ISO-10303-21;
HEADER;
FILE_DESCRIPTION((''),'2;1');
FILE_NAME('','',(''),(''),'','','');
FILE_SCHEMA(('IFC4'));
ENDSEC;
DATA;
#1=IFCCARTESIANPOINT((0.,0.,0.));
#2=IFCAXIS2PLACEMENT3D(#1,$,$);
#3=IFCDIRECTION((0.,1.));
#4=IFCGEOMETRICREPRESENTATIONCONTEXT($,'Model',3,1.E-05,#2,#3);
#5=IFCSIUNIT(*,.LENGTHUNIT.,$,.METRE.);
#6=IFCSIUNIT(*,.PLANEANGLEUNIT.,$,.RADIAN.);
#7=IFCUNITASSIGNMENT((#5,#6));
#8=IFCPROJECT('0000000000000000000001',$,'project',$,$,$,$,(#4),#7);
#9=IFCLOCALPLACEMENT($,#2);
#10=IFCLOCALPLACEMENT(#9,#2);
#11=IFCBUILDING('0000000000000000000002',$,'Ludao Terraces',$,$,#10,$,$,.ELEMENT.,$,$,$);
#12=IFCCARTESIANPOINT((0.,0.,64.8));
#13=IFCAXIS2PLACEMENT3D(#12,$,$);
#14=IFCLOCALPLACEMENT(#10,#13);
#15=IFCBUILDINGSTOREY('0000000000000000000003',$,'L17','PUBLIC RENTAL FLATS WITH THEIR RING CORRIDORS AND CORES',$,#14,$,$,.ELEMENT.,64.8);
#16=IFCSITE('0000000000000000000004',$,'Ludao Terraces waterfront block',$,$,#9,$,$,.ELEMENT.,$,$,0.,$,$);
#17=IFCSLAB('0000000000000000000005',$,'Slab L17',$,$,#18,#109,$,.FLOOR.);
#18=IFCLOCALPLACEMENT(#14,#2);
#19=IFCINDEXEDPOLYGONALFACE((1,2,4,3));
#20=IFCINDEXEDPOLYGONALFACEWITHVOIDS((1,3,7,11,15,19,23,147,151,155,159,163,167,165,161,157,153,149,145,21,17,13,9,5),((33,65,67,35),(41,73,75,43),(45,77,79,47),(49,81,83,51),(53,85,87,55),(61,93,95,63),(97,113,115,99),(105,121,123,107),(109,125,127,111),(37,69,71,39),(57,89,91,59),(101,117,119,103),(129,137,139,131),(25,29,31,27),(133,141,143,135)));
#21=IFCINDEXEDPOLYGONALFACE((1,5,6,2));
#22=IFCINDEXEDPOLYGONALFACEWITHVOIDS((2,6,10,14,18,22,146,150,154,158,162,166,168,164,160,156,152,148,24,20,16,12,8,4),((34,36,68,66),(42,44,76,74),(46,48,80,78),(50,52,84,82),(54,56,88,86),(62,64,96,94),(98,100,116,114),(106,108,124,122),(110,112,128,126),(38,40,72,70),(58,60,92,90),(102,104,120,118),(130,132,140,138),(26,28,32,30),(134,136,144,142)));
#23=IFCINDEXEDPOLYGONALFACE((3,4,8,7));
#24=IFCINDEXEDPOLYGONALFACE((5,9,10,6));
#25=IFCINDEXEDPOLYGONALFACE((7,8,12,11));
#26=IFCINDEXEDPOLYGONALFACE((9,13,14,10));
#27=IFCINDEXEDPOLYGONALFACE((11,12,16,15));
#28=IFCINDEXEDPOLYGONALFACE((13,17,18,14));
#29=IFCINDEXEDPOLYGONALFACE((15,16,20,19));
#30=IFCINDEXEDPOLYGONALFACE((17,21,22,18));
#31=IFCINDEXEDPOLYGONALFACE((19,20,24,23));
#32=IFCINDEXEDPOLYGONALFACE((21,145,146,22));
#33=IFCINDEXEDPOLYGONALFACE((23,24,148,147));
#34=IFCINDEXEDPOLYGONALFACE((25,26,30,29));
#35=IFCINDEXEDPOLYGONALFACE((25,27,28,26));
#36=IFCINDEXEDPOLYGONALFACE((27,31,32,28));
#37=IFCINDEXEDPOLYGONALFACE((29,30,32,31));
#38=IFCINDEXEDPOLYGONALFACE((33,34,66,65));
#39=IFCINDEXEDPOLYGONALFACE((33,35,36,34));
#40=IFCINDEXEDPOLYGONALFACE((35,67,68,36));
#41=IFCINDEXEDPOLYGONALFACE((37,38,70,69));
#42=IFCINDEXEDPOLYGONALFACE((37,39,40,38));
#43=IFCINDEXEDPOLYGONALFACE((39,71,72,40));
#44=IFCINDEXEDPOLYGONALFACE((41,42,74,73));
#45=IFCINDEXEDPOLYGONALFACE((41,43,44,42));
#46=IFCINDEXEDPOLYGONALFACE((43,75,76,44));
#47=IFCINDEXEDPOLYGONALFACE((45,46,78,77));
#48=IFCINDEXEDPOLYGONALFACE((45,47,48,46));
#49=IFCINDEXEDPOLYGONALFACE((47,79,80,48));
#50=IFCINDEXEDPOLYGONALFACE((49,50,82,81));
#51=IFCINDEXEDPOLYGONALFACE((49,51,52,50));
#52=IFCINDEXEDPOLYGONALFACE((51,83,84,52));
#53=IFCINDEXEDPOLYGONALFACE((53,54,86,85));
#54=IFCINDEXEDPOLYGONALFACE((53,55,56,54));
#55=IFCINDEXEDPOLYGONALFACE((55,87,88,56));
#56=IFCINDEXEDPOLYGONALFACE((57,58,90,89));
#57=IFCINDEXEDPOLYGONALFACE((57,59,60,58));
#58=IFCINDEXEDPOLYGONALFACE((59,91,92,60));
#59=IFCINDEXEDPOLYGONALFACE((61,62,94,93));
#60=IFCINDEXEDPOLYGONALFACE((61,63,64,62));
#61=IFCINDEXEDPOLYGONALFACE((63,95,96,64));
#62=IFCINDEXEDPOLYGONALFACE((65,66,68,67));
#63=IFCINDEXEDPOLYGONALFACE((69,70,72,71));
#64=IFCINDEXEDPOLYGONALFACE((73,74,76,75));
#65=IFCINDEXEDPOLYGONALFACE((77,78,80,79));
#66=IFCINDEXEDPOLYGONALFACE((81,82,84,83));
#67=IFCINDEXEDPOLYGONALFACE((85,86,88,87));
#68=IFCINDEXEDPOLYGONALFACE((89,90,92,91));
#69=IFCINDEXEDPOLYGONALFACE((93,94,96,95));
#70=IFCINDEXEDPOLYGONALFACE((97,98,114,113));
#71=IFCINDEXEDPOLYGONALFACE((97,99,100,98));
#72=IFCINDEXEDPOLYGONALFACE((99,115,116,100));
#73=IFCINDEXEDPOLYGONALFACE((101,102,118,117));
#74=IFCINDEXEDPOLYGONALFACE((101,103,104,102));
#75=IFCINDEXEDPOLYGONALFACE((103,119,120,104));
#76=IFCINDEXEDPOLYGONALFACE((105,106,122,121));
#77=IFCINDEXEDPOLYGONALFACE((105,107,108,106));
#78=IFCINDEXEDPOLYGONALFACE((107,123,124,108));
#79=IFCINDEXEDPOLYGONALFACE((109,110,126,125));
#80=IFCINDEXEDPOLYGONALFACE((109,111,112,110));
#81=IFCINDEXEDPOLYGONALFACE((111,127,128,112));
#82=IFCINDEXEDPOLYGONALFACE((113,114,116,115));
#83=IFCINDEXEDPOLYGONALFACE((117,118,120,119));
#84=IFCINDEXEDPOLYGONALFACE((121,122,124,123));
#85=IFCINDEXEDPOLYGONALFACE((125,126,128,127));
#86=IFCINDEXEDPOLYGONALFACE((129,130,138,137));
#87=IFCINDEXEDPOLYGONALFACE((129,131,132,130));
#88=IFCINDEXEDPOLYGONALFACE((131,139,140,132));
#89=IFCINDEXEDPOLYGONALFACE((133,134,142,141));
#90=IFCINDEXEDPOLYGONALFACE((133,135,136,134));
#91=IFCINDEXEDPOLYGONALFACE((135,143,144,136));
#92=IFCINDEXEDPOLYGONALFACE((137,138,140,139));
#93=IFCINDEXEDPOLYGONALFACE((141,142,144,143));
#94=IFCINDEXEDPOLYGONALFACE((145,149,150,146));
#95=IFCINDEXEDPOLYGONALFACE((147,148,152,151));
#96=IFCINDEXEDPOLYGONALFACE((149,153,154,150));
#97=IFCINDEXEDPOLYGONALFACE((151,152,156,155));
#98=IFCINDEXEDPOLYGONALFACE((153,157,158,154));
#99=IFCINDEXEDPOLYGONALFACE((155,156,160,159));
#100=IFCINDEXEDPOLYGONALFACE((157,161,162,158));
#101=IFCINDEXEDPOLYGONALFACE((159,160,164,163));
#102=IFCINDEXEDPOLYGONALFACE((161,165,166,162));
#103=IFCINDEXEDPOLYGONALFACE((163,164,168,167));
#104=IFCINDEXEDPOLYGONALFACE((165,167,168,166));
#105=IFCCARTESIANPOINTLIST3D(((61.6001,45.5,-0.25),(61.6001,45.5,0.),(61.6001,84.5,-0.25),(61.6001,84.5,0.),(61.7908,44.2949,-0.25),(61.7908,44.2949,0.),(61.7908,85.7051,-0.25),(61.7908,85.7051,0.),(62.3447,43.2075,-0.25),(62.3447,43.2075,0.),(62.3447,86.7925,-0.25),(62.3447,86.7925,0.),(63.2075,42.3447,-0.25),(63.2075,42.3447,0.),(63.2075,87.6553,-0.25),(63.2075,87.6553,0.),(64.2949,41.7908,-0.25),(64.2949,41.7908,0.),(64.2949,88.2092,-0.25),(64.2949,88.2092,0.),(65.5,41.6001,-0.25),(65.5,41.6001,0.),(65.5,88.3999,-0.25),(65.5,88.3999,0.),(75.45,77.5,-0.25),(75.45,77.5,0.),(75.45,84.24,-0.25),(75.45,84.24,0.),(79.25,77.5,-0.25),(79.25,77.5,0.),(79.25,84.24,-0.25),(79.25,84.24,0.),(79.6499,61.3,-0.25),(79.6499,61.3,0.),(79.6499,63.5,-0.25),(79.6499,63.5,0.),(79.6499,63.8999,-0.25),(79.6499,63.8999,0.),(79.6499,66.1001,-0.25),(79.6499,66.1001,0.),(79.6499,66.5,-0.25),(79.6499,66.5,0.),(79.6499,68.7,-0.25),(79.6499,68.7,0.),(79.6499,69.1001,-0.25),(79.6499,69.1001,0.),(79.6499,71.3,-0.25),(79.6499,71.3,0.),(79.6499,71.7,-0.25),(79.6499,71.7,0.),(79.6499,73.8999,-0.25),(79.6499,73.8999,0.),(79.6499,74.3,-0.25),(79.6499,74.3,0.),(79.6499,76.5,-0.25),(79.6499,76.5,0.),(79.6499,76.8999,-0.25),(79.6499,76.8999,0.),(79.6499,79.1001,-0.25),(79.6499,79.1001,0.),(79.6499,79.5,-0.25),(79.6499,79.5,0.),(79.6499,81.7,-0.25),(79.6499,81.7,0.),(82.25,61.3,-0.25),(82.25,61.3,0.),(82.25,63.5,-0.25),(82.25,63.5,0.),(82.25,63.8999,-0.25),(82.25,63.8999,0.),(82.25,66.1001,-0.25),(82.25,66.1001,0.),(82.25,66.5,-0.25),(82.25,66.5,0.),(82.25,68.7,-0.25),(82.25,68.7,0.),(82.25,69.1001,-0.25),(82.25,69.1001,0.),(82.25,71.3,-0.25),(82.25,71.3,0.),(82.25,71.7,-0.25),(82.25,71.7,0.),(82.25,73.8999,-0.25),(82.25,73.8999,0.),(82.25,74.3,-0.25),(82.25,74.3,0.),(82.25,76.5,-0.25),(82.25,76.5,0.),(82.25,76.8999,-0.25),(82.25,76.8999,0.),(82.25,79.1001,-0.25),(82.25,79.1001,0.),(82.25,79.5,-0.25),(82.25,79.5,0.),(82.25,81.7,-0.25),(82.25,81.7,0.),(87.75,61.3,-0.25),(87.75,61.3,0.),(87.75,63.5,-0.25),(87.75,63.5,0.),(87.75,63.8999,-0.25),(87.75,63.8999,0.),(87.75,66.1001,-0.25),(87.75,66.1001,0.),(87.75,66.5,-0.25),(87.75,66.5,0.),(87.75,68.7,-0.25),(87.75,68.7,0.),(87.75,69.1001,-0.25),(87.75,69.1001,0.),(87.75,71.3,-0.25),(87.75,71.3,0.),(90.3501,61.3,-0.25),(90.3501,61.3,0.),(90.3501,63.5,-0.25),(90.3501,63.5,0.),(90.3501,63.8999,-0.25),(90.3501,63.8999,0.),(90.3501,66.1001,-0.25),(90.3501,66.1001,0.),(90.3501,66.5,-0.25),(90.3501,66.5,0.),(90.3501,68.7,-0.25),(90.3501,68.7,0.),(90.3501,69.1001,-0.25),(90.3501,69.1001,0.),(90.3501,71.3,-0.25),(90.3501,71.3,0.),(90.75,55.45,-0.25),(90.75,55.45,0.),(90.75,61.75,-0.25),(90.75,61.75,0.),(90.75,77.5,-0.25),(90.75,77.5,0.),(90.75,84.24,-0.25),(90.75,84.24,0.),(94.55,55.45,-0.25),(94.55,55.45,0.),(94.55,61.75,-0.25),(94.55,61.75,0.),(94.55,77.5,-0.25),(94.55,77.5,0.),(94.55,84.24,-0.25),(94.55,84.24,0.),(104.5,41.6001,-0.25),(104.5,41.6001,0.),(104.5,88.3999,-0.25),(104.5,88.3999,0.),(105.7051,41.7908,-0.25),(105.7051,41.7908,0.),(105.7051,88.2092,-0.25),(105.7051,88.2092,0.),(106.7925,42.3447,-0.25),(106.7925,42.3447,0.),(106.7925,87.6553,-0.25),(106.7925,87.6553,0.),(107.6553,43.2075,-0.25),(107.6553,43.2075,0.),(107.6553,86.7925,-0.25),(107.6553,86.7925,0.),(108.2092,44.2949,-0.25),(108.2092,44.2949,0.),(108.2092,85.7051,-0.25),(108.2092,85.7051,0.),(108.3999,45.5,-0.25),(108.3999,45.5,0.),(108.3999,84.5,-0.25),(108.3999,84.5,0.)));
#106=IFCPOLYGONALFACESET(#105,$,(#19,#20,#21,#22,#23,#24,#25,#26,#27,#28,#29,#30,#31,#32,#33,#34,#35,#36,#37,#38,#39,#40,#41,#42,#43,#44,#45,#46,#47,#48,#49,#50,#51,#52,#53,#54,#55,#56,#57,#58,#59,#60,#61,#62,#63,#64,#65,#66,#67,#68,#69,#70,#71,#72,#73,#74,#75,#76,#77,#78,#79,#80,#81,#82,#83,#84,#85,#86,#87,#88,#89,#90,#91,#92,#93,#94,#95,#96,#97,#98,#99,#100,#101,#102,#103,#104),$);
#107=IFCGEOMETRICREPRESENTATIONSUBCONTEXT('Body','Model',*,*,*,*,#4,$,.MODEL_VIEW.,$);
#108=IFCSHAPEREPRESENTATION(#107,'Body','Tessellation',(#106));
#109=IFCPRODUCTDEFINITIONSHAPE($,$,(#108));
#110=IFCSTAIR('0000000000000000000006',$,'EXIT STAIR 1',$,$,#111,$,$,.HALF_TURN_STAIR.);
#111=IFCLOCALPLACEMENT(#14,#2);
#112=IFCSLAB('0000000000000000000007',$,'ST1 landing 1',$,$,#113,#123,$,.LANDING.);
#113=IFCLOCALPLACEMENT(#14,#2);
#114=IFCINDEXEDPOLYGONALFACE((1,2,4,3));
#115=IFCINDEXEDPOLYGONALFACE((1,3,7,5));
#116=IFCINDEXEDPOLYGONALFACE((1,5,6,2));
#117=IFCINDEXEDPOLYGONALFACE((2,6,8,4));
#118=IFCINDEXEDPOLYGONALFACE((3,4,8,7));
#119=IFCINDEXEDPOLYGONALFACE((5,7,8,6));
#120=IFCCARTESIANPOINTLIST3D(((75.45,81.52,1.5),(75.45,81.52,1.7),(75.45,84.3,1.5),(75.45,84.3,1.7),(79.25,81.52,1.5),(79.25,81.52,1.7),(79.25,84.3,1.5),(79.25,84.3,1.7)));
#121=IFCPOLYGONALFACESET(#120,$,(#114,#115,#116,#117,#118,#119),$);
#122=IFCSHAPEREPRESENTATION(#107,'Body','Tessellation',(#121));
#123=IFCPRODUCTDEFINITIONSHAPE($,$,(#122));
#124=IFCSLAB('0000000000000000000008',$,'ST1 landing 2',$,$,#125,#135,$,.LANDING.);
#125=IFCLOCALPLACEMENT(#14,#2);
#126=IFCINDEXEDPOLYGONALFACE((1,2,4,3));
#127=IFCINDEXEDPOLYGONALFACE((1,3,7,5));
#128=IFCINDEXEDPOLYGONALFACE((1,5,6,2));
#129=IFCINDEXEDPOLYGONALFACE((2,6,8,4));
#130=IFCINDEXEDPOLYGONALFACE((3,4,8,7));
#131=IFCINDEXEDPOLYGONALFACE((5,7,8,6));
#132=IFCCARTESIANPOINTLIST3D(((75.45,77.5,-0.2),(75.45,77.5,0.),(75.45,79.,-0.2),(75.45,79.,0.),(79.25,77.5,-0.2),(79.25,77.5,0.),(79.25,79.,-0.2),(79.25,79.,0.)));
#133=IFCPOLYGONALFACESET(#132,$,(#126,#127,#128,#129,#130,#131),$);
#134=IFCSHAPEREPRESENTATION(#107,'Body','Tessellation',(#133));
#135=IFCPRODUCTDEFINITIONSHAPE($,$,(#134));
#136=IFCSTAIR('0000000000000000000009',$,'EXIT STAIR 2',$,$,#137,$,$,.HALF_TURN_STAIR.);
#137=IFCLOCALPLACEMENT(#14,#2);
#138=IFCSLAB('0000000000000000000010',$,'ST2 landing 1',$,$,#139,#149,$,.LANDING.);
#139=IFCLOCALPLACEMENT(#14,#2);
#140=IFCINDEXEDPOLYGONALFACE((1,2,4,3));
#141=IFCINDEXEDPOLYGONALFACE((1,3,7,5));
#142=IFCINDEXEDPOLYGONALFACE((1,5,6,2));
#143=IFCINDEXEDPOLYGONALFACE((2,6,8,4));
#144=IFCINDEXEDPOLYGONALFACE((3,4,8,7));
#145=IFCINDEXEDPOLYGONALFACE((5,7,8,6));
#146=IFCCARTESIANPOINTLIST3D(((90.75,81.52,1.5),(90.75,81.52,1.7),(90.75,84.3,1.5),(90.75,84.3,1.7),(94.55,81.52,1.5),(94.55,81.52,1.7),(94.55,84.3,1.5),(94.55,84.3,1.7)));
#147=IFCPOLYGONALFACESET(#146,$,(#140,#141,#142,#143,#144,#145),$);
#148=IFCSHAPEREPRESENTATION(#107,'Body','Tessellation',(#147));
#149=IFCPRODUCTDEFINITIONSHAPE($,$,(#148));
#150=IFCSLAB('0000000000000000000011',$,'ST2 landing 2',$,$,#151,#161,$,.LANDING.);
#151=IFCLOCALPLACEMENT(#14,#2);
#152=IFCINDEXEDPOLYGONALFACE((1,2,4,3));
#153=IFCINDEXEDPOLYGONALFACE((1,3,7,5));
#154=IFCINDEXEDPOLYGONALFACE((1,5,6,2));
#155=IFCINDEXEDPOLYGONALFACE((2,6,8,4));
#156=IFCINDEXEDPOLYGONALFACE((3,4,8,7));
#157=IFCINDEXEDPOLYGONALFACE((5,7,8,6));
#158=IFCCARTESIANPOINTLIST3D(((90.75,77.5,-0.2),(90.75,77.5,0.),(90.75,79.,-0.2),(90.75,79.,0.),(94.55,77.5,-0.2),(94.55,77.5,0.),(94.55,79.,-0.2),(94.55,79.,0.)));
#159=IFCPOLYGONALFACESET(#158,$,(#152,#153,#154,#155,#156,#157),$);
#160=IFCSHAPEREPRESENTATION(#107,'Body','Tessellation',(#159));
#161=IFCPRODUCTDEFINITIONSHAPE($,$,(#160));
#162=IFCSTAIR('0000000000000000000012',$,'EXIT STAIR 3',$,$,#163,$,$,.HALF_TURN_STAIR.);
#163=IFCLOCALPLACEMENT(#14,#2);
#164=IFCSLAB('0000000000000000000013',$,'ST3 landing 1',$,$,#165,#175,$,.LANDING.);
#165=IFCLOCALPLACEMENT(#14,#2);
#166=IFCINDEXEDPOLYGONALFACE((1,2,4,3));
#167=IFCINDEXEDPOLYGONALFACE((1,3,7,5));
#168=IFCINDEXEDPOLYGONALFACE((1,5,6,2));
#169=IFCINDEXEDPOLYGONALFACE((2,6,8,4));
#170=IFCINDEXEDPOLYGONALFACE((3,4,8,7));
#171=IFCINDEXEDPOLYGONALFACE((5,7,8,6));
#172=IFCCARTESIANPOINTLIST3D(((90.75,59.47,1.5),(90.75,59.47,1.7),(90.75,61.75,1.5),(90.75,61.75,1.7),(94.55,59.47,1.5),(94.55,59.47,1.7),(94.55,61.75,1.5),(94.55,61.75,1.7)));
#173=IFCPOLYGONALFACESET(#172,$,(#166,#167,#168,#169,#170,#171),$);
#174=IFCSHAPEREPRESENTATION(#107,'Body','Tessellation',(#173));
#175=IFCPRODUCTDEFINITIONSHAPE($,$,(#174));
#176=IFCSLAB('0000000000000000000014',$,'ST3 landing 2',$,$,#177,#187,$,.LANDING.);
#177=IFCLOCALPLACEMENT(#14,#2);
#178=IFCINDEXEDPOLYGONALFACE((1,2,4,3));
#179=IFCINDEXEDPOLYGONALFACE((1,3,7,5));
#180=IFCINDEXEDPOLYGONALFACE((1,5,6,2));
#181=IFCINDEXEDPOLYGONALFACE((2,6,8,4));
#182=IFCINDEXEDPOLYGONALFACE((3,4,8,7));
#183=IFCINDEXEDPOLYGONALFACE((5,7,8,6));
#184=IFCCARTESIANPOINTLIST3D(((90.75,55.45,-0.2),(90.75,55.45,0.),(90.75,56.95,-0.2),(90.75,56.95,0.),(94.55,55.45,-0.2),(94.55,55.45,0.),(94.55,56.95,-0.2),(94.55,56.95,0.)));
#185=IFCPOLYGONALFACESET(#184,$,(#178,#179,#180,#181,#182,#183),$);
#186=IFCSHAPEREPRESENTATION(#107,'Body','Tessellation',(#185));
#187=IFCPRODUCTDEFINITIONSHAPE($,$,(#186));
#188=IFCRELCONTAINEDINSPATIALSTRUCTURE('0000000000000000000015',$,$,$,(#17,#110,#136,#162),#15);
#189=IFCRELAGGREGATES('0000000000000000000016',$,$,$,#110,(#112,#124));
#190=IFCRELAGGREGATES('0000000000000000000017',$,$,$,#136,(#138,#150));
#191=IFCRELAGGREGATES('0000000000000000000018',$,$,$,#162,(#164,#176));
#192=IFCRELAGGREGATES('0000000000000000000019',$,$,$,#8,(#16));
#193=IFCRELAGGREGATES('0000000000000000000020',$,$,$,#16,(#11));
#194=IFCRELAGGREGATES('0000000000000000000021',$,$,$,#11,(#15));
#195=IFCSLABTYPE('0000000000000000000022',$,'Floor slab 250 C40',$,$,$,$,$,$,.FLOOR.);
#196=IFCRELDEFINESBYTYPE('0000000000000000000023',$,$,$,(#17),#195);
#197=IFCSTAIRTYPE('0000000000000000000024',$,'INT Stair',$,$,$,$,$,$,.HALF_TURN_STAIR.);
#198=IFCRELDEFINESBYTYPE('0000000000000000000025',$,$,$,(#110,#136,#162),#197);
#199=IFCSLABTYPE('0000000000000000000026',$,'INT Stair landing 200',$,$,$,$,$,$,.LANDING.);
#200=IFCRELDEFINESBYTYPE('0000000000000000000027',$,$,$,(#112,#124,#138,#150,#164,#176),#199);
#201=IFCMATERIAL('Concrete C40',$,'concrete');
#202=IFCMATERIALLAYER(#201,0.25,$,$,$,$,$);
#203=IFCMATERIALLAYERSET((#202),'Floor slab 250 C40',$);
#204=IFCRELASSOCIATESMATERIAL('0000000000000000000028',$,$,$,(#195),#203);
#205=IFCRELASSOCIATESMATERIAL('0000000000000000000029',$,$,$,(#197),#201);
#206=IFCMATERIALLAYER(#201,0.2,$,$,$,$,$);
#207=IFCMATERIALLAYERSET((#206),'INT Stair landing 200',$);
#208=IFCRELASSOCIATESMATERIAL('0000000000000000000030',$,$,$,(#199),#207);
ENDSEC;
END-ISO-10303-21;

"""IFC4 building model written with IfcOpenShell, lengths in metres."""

from ifc_helpers import new_model, si_unit, direction, frame, origin, place, context, subcontext, project, spatial, polyline, outline, extrude, material, layer, layer_set, type_object, element, aggregate, save


model = new_model("IFC4")

# Units and contexts
model_context = context("Model", 3, precision=1e-05, world=origin(), true_north=direction((0.0, 1.0)))
body_context = subcontext(model_context, "Body", "Model", "MODEL_VIEW")
ifc_project = project(units=[si_unit("LENGTHUNIT", "METRE"), si_unit("PLANEANGLEUNIT", "RADIAN")], contexts=[model_context])

# Site, building, storey
site_placement = place(None, origin())
site = spatial("IfcSite", under=ifc_project, at=site_placement, Name="Ludao Terraces waterfront block", CompositionType="ELEMENT", RefElevation=0.0)
building_placement = place(site_placement, origin())
building = spatial("IfcBuilding", under=site, at=building_placement, Name="Ludao Terraces", CompositionType="ELEMENT")
storey_placement = place(building_placement, frame((0.0, 0.0, 64.8)))
storey = spatial("IfcBuildingStorey", under=building, at=storey_placement, Name="L17", Description="PUBLIC RENTAL FLATS WITH THEIR RING CORRIDORS AND CORES", CompositionType="ELEMENT", Elevation=64.8)

# Shared definitions
ifc_material_1 = material(Name="Concrete C40", Category="concrete")

# Slab
ifc_layer_1 = layer(ifc_material_1, 0.25)
ifc_layer_set_1 = layer_set([ifc_layer_1], Name="Floor slab 250 C40")
slab_type_1 = type_object("IfcSlabType", Name="Floor slab 250 C40", PredefinedType="FLOOR", material=ifc_layer_set_1)
slab_1_placement = place(storey_placement, frame((0.0, 0.0, -0.25)))
element("IfcSlab", 1, at=slab_1_placement, inside=storey, type_object=slab_type_1, Name="Slab L17", PredefinedType="FLOOR", context=body_context, shape_type="SweptSolid", body=[
    extrude(outline(polyline([(104.5, 41.6001), (105.7051, 41.7908), (106.7925, 42.3447), (107.6553, 43.2075), (108.2092, 44.2949), (108.3999, 45.5), (108.3999, 84.5), (108.2092, 85.7051), (107.6553, 86.7925), (106.7925, 87.6553), (105.7051, 88.2092), (104.5, 88.3999), (65.5, 88.3999), (64.2949, 88.2092), (63.2075, 87.6553), (62.3447, 86.7925), (61.7908, 85.7051), (61.6001, 84.5), (61.6001, 45.5), (61.7908, 44.2949), (62.3447, 43.2075), (63.2075, 42.3447), (64.2949, 41.7908), (65.5, 41.6001), (104.5, 41.6001)]), holes=[polyline([(79.6499, 61.3), (82.25, 61.3), (82.25, 63.5), (79.6499, 63.5), (79.6499, 61.3)]), polyline([(79.6499, 63.8999), (82.25, 63.8999), (82.25, 66.1001), (79.6499, 66.1001), (79.6499, 63.8999)]), polyline([(79.6499, 66.5), (82.25, 66.5), (82.25, 68.7), (79.6499, 68.7), (79.6499, 66.5)]), polyline([(79.6499, 69.1001), (82.25, 69.1001), (82.25, 71.3), (79.6499, 71.3), (79.6499, 69.1001)]), polyline([(79.6499, 71.7), (82.25, 71.7), (82.25, 73.8999), (79.6499, 73.8999), (79.6499, 71.7)]), polyline([(79.6499, 74.3), (82.25, 74.3), (82.25, 76.5), (79.6499, 76.5), (79.6499, 74.3)]), polyline([(79.6499, 76.8999), (82.25, 76.8999), (82.25, 79.1001), (79.6499, 79.1001), (79.6499, 76.8999)]), polyline([(79.6499, 79.5), (82.25, 79.5), (82.25, 81.7), (79.6499, 81.7), (79.6499, 79.5)]), polyline([(87.75, 61.3), (90.3501, 61.3), (90.3501, 63.5), (87.75, 63.5), (87.75, 61.3)]), polyline([(87.75, 63.8999), (90.3501, 63.8999), (90.3501, 66.1001), (87.75, 66.1001), (87.75, 63.8999)]), polyline([(87.75, 66.5), (90.3501, 66.5), (90.3501, 68.7), (87.75, 68.7), (87.75, 66.5)]), polyline([(87.75, 69.1001), (90.3501, 69.1001), (90.3501, 71.3), (87.75, 71.3), (87.75, 69.1001)]), polyline([(75.45, 77.5), (79.25, 77.5), (79.25, 84.24), (75.45, 84.24), (75.45, 77.5)]), polyline([(90.75, 77.5), (94.55, 77.5), (94.55, 84.24), (90.75, 84.24), (90.75, 77.5)]), polyline([(90.75, 55.45), (94.55, 55.45), (94.55, 61.75), (90.75, 61.75), (90.75, 55.45)])]), origin(), (0.0, 0.0, 1.0), 0.25),
])

# Stairs, slabs
stair_type = type_object("IfcStairType", Name="INT Stair", PredefinedType="HALF_TURN_STAIR", material=ifc_material_1)
stair_1_placement = place(storey_placement, origin())
stair_1 = element("IfcStair", 2, at=stair_1_placement, inside=storey, type_object=stair_type, Name="EXIT STAIR 1", PredefinedType="HALF_TURN_STAIR")
ifc_layer_2 = layer(ifc_material_1, 0.2)
ifc_layer_set_2 = layer_set([ifc_layer_2], Name="INT Stair landing 200")
slab_type_2 = type_object("IfcSlabType", Name="INT Stair landing 200", PredefinedType="LANDING", material=ifc_layer_set_2)
slab_2_placement = place(storey_placement, frame((0.0, 0.0, 1.5)))
slab_2 = element("IfcSlab", 3, at=slab_2_placement, type_object=slab_type_2, Name="ST1 landing 1", PredefinedType="LANDING", context=body_context, shape_type="SweptSolid", body=[
    extrude(outline(polyline([(75.45, 81.52), (79.25, 81.52), (79.25, 84.3), (75.45, 84.3), (75.45, 81.52)])), origin(), (0.0, 0.0, 1.0), 0.2),
])
slab_3_placement = place(storey_placement, frame((0.0, 0.0, -0.2)))
slab_3 = element("IfcSlab", 4, at=slab_3_placement, type_object=slab_type_2, Name="ST1 landing 2", PredefinedType="LANDING", context=body_context, shape_type="SweptSolid", body=[
    extrude(outline(polyline([(75.45, 77.5), (79.25, 77.5), (79.25, 79.0), (75.45, 79.0), (75.45, 77.5)])), origin(), (0.0, 0.0, 1.0), 0.2),
])
aggregate(stair_1, [slab_2, slab_3])
stair_2_placement = place(storey_placement, origin())
stair_2 = element("IfcStair", 5, at=stair_2_placement, inside=storey, type_object=stair_type, Name="EXIT STAIR 2", PredefinedType="HALF_TURN_STAIR")
slab_4_placement = place(storey_placement, frame((0.0, 0.0, 1.5)))
slab_4 = element("IfcSlab", 6, at=slab_4_placement, type_object=slab_type_2, Name="ST2 landing 1", PredefinedType="LANDING", context=body_context, shape_type="SweptSolid", body=[
    extrude(outline(polyline([(90.75, 81.52), (94.55, 81.52), (94.55, 84.3), (90.75, 84.3), (90.75, 81.52)])), origin(), (0.0, 0.0, 1.0), 0.2),
])
slab_5_placement = place(storey_placement, frame((0.0, 0.0, -0.2)))
slab_5 = element("IfcSlab", 7, at=slab_5_placement, type_object=slab_type_2, Name="ST2 landing 2", PredefinedType="LANDING", context=body_context, shape_type="SweptSolid", body=[
    extrude(outline(polyline([(90.75, 77.5), (94.55, 77.5), (94.55, 79.0), (90.75, 79.0), (90.75, 77.5)])), origin(), (0.0, 0.0, 1.0), 0.2),
])
aggregate(stair_2, [slab_4, slab_5])
stair_3_placement = place(storey_placement, origin())
stair_3 = element("IfcStair", 8, at=stair_3_placement, inside=storey, type_object=stair_type, Name="EXIT STAIR 3", PredefinedType="HALF_TURN_STAIR")
slab_6_placement = place(storey_placement, frame((0.0, 0.0, 1.5)))
slab_6 = element("IfcSlab", 9, at=slab_6_placement, type_object=slab_type_2, Name="ST3 landing 1", PredefinedType="LANDING", context=body_context, shape_type="SweptSolid", body=[
    extrude(outline(polyline([(90.75, 59.47), (94.55, 59.47), (94.55, 61.75), (90.75, 61.75), (90.75, 59.47)])), origin(), (0.0, 0.0, 1.0), 0.2),
])
slab_7_placement = place(storey_placement, frame((0.0, 0.0, -0.2)))
slab_7 = element("IfcSlab", 10, at=slab_7_placement, type_object=slab_type_2, Name="ST3 landing 2", PredefinedType="LANDING", context=body_context, shape_type="SweptSolid", body=[
    extrude(outline(polyline([(90.75, 55.45), (94.55, 55.45), (94.55, 56.95), (90.75, 56.95), (90.75, 55.45)])), origin(), (0.0, 0.0, 1.0), 0.2),
])
aggregate(stair_3, [slab_6, slab_7])

save(model, "model.ifc")
